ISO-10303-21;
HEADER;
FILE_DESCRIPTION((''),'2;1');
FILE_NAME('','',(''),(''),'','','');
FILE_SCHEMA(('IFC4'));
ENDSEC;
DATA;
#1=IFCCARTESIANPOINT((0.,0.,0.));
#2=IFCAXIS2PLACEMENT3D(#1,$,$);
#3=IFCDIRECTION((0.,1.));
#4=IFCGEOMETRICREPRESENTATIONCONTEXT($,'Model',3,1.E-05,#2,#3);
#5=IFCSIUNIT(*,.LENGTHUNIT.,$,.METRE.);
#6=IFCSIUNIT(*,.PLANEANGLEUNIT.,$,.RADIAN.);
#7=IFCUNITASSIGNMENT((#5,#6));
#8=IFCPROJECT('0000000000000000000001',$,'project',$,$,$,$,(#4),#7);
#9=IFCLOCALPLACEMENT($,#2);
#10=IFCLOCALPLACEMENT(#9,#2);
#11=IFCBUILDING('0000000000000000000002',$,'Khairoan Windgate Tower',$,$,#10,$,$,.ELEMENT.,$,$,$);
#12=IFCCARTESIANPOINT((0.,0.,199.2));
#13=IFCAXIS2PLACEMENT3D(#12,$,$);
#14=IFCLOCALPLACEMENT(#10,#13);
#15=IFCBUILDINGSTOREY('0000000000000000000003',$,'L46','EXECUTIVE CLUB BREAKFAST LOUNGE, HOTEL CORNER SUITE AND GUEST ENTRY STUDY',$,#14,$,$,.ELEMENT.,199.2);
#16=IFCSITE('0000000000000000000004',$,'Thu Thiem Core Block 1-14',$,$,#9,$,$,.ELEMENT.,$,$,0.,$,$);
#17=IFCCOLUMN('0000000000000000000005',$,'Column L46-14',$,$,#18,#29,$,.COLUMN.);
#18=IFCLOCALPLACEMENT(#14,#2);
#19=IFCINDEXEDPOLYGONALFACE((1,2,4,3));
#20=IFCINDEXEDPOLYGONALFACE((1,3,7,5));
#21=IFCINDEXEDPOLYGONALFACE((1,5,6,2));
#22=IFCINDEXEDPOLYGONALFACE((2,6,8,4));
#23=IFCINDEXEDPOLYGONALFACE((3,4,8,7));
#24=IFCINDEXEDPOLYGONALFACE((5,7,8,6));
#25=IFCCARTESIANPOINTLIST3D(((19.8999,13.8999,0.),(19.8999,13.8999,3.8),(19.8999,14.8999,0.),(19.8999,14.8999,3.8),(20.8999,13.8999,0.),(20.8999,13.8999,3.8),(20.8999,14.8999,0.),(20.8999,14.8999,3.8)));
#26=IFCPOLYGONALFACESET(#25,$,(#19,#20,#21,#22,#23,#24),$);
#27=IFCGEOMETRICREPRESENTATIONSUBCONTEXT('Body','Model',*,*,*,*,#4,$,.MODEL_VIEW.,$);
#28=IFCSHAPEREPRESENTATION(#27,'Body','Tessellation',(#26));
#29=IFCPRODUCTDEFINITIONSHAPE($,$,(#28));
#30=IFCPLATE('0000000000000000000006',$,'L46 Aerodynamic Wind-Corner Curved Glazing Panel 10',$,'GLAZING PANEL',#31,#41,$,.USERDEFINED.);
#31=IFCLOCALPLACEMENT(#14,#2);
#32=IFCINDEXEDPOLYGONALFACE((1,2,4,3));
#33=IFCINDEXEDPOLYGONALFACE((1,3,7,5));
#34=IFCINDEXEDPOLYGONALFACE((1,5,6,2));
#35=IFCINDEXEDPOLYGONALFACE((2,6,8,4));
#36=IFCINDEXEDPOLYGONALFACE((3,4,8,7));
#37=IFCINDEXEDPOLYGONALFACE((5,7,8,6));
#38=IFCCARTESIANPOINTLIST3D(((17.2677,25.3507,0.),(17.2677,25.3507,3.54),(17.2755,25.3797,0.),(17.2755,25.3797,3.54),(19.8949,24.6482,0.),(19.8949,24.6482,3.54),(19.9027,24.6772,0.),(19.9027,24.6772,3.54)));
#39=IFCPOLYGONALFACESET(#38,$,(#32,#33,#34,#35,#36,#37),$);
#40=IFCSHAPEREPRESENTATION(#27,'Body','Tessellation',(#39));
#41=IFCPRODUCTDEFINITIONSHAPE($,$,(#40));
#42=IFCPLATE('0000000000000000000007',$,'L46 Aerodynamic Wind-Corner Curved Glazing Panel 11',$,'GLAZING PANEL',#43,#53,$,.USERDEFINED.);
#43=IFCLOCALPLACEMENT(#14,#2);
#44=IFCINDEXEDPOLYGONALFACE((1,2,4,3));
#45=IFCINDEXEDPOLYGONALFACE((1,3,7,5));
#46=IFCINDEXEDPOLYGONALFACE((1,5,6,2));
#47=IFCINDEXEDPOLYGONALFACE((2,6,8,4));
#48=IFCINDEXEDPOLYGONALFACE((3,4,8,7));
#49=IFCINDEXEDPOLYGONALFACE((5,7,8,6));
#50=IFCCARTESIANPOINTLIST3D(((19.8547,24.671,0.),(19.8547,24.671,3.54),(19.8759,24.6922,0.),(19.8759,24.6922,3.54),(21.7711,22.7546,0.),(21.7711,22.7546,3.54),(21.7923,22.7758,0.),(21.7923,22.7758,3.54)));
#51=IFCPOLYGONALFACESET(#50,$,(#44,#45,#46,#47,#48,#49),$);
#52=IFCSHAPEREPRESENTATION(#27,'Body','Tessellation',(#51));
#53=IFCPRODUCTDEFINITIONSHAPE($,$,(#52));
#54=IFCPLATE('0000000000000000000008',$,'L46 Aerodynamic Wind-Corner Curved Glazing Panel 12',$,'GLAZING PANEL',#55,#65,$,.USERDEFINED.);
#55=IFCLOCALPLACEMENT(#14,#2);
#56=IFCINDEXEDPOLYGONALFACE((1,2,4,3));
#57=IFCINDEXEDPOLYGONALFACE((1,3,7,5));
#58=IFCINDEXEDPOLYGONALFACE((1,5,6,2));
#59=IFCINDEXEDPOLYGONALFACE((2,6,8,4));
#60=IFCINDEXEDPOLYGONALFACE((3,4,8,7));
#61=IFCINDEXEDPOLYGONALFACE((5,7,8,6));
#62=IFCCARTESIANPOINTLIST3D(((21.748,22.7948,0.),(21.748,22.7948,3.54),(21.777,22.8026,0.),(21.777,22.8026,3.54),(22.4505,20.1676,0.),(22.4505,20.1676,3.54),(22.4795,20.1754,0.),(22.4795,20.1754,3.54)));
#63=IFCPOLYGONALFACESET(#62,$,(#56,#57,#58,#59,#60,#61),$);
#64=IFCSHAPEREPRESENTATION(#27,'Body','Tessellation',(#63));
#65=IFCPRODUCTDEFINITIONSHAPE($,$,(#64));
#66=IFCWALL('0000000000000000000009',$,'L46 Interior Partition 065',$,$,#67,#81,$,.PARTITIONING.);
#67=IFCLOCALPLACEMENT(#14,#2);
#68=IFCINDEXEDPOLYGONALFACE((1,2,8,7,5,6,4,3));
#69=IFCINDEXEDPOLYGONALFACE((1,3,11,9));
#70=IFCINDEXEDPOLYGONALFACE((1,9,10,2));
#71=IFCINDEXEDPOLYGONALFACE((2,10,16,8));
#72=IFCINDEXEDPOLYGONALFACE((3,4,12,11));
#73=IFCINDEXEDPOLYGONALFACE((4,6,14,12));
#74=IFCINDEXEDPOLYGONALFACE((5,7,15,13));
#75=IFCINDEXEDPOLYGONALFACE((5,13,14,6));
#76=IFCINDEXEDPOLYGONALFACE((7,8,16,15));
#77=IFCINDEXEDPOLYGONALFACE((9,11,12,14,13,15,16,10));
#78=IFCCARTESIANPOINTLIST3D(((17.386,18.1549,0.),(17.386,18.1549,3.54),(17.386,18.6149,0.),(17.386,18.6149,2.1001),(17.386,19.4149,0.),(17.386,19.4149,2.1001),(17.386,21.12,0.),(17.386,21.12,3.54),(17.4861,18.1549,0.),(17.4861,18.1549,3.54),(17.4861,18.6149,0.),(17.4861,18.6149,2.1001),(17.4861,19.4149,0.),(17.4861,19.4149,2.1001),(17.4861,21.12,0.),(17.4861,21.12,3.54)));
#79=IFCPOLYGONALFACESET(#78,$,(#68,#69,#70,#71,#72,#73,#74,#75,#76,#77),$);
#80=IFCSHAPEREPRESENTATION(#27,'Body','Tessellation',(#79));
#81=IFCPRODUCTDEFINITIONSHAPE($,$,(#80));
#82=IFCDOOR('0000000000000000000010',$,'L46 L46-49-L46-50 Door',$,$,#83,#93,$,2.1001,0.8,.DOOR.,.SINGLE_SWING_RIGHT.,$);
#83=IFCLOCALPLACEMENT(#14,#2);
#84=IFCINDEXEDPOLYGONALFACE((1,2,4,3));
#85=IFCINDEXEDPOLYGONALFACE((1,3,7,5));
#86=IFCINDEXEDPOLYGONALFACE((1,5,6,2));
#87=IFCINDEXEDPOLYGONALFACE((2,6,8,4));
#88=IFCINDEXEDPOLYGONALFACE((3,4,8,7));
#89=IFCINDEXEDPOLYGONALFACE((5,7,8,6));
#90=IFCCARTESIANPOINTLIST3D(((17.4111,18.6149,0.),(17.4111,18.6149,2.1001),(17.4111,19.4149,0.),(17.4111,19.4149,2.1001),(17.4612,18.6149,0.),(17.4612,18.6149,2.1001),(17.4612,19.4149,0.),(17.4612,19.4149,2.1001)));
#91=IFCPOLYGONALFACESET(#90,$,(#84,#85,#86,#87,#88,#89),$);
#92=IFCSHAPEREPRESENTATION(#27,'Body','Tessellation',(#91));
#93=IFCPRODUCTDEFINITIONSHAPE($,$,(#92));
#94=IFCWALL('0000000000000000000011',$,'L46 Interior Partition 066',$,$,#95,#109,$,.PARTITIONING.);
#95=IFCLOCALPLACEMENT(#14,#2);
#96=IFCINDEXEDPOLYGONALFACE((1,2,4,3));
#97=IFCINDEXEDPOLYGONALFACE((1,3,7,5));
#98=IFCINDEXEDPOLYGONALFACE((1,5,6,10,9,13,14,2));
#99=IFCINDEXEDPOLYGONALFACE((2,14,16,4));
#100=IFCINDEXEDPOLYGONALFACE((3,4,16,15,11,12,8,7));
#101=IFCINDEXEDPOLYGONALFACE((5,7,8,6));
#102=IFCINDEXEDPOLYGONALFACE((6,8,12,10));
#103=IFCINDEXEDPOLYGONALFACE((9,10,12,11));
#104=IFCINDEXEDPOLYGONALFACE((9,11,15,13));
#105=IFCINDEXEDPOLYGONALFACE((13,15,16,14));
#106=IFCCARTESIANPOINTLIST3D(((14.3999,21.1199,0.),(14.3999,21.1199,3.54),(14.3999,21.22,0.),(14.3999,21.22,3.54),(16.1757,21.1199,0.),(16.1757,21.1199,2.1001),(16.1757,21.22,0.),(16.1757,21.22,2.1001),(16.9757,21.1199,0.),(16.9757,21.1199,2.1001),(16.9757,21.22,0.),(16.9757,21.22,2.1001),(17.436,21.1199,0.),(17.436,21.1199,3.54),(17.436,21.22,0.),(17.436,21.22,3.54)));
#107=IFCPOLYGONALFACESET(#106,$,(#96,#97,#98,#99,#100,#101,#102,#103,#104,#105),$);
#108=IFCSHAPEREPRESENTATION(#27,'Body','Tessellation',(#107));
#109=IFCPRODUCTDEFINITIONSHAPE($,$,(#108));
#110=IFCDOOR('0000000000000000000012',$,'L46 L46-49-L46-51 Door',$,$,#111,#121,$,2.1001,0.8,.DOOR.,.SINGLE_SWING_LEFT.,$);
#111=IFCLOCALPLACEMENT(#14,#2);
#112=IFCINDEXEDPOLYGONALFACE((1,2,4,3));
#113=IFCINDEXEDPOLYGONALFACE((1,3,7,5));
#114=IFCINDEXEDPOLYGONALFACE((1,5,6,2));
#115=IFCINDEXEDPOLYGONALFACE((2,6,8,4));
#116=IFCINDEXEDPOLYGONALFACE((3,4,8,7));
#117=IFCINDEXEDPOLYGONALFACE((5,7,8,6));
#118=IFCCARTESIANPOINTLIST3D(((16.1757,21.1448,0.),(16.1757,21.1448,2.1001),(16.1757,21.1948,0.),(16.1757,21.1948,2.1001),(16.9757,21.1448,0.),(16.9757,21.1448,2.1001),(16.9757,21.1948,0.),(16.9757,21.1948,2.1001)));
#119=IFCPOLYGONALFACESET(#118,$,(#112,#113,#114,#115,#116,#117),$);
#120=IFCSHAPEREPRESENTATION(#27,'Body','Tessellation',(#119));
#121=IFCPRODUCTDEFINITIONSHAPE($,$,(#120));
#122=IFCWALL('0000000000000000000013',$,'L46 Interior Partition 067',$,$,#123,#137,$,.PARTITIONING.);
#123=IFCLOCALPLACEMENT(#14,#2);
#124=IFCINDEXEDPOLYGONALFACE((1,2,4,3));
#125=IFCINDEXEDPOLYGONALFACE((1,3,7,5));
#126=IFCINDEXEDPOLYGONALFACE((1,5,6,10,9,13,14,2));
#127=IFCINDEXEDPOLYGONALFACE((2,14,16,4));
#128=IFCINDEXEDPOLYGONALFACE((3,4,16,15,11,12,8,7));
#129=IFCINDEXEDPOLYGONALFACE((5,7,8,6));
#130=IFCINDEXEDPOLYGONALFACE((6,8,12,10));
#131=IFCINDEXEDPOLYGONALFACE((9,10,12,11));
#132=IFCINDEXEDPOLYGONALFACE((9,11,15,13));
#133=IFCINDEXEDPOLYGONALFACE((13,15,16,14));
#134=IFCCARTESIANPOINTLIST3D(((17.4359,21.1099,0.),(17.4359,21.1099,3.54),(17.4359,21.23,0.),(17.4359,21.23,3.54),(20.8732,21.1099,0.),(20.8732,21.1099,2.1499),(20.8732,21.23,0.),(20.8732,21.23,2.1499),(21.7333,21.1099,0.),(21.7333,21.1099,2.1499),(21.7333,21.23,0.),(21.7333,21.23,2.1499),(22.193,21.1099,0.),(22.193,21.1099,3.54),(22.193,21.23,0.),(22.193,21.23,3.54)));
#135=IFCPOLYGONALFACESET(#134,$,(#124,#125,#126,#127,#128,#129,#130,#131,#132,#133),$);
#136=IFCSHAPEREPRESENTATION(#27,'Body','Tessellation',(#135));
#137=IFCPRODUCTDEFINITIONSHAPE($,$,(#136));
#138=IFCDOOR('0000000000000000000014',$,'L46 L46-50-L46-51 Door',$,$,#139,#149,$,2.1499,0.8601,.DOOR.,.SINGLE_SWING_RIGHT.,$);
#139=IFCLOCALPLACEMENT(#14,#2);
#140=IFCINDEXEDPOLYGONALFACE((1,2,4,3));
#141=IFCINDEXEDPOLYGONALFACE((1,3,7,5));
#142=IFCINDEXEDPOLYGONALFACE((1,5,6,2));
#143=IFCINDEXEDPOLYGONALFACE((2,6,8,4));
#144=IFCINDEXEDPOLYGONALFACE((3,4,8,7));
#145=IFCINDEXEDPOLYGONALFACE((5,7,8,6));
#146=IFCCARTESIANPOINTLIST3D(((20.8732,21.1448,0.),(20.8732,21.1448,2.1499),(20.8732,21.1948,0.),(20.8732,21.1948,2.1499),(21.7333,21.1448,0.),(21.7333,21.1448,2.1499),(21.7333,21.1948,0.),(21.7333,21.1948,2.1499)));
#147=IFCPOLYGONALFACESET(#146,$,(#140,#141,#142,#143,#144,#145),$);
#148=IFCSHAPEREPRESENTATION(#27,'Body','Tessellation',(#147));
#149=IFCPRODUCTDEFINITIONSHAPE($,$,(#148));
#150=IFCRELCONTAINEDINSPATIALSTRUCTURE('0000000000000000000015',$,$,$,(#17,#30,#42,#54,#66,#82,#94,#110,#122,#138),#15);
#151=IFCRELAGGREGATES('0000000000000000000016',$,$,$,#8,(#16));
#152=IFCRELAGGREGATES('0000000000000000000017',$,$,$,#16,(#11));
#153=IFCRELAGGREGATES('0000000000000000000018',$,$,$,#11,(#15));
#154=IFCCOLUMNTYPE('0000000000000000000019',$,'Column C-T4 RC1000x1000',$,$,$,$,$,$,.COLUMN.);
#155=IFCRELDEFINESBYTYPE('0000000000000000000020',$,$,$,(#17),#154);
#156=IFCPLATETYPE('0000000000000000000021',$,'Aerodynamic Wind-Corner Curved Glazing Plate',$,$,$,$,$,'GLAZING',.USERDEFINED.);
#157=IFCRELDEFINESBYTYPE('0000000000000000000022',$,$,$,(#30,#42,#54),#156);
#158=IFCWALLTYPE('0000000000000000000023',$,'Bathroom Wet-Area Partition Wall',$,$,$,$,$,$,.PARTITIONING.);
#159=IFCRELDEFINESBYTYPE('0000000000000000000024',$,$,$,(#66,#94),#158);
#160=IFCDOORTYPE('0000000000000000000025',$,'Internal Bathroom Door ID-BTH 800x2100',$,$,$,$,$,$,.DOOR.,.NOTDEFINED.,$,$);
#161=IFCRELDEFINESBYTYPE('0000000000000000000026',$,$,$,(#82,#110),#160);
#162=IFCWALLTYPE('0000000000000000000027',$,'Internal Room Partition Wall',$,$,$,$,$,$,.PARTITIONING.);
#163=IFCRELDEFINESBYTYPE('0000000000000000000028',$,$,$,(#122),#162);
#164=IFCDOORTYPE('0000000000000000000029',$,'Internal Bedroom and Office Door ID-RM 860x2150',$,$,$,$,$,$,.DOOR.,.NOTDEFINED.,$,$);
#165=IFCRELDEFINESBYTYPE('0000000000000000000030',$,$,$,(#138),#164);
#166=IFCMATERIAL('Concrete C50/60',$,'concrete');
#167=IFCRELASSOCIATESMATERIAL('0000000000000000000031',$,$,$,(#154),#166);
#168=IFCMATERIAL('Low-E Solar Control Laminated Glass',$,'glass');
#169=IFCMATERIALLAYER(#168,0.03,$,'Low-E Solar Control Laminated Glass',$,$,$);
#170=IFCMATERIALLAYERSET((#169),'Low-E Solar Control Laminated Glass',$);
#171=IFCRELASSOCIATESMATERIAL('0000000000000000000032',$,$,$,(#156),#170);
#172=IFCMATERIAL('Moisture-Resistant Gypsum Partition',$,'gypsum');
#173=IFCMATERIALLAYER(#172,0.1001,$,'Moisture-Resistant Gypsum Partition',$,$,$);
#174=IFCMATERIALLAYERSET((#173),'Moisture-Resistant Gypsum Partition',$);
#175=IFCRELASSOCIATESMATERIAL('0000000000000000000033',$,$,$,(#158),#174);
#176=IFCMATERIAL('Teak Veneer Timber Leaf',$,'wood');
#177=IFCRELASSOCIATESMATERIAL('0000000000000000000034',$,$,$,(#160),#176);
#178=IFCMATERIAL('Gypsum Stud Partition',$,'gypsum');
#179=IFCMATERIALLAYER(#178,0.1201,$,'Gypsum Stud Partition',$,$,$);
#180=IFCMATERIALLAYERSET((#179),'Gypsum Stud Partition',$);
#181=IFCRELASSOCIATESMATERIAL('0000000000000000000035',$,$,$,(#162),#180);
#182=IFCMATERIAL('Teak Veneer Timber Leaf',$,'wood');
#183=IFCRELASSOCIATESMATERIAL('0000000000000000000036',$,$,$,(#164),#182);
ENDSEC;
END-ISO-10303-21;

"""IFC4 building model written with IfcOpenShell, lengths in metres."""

from ifc_helpers import new_model, si_unit, direction, frame, frame_2d, origin, origin_2d, place, context, subcontext, project, spatial, rectangle, extrude, material, layer, layer_set, material_profile, profile_set, type_object, element, fill, save


model = new_model("IFC4")

# Units and contexts
model_context = context("Model", 3, precision=1e-05, world=origin(), true_north=direction((0.0, 1.0)))
body_context = subcontext(model_context, "Body", "Model", "MODEL_VIEW")
ifc_project = project(units=[si_unit("LENGTHUNIT", "METRE"), si_unit("PLANEANGLEUNIT", "RADIAN")], contexts=[model_context])

# Site, building, storey
site_placement = place(None, origin())
site = spatial("IfcSite", under=ifc_project, at=site_placement, Name="Thu Thiem Core Block 1-14", CompositionType="ELEMENT", RefElevation=0.0)
building_placement = place(site_placement, origin())
building = spatial("IfcBuilding", under=site, at=building_placement, Name="Khairoan Windgate Tower", CompositionType="ELEMENT")
storey_placement = place(building_placement, frame((0.0, 0.0, 199.2)))
storey = spatial("IfcBuildingStorey", under=building, at=storey_placement, Name="L46", Description="EXECUTIVE CLUB BREAKFAST LOUNGE, HOTEL CORNER SUITE AND GUEST ENTRY STUDY", CompositionType="ELEMENT", Elevation=199.2)

# Column
ifc_material_1 = material(Name="Concrete C50/60", Category="concrete")
ifc_material_profile_1 = material_profile(ifc_material_1, rectangle(XDim=1.0, YDim=1.0, at=origin_2d()))
ifc_profile_set_1 = profile_set([ifc_material_profile_1], Name="Concrete C50/60")
column_type = type_object("IfcColumnType", Name="Column C-T4 RC1000x1000", PredefinedType="COLUMN", material=ifc_profile_set_1)
column_placement = place(storey_placement, frame((20.3999, 14.3999, 0.0), z_axis=(0.0, 0.0, 1.0), x_axis=(1.0, 0.0, 0.0)))
element("IfcColumn", 1, at=column_placement, inside=storey, type_object=column_type, Name="Column L46-14", PredefinedType="COLUMN", context=body_context, shape_type="SweptSolid", body=[
    extrude(rectangle(XDim=1.0, YDim=1.0, at=origin_2d()), origin(), (0.0, 0.0, 1.0), 3.8),
])

# Plates
ifc_material_2 = material(Name="Low-E Solar Control Laminated Glass", Category="glass")
ifc_layer_1 = layer(ifc_material_2, 0.03, Name="Low-E Solar Control Laminated Glass")
ifc_layer_set_1 = layer_set([ifc_layer_1], Name="Low-E Solar Control Laminated Glass")
plate_type_1 = type_object("IfcPlateType", Name="Aerodynamic Wind-Corner Curved Glazing Plate", ElementType="GLAZING", PredefinedType="USERDEFINED", material=ifc_layer_set_1)
plate_1_placement = place(storey_placement, frame((18.5852, 25.0139, 0.0), z_axis=(0.0, 0.0, 1.0), x_axis=(0.966061, -0.258313, 0.0)))
element("IfcPlate", 2, at=plate_1_placement, inside=storey, type_object=plate_type_1, Name="L46 Aerodynamic Wind-Corner Curved Glazing Panel 10", ObjectType="GLAZING PANEL", PredefinedType="USERDEFINED", context=body_context, shape_type="SweptSolid", body=[
    extrude(rectangle(XDim=2.7195, YDim=0.03, at=origin_2d()), origin(), (0.0, 0.0, 1.0), 3.54),
])
plate_2_placement = place(storey_placement, frame((20.8235, 23.7234, 0.0), z_axis=(0.0, 0.0, 1.0), x_axis=(0.707107, -0.707107, 0.0)))
element("IfcPlate", 3, at=plate_2_placement, inside=storey, type_object=plate_type_1, Name="L46 Aerodynamic Wind-Corner Curved Glazing Panel 11", ObjectType="GLAZING PANEL", PredefinedType="USERDEFINED", context=body_context, shape_type="SweptSolid", body=[
    extrude(rectangle(XDim=2.7102, YDim=0.03, at=origin_2d()), origin(), (0.0, 0.0, 1.0), 3.54),
])
plate_3_placement = place(storey_placement, frame((22.1138, 21.4851, 0.0), z_axis=(0.0, 0.0, 1.0), x_axis=(0.258313, -0.966061, 0.0)))
element("IfcPlate", 4, at=plate_3_placement, inside=storey, type_object=plate_type_1, Name="L46 Aerodynamic Wind-Corner Curved Glazing Panel 12", ObjectType="GLAZING PANEL", PredefinedType="USERDEFINED", context=body_context, shape_type="SweptSolid", body=[
    extrude(rectangle(XDim=2.7195, YDim=0.03, at=origin_2d()), origin(), (0.0, 0.0, 1.0), 3.54),
])

# Walls, openings, doors
ifc_material_3 = material(Name="Moisture-Resistant Gypsum Partition", Category="gypsum")
ifc_layer_2 = layer(ifc_material_3, 0.1001, Name="Moisture-Resistant Gypsum Partition")
ifc_layer_set_2 = layer_set([ifc_layer_2], Name="Moisture-Resistant Gypsum Partition")
wall_type_1 = type_object("IfcWallType", Name="Bathroom Wet-Area Partition Wall", PredefinedType="PARTITIONING", material=ifc_layer_set_2)
wall_1_placement = place(storey_placement, frame((17.436, 18.155, 0.0), z_axis=(0.0, 0.0, 1.0), x_axis=(0.0, 1.0, 0.0)))
wall_1 = element("IfcWall", 5, at=wall_1_placement, inside=storey, type_object=wall_type_1, Name="L46 Interior Partition 065", PredefinedType="PARTITIONING", context=body_context, shape_type="SweptSolid", body=[
    extrude(rectangle(XDim=2.9651, YDim=0.1001, at=frame_2d((1.4824, 0.0))), origin(), (0.0, 0.0, 1.0), 3.54),
])
opening_1_placement = place(wall_1_placement, frame((0.46, 0.0, 0.0)))
opening_1 = element("IfcOpeningElement", 6, at=opening_1_placement, cuts=wall_1, PredefinedType="OPENING", context=body_context, shape_type="SweptSolid", body=[
    extrude(rectangle(XDim=0.8, YDim=2.1001, at=frame_2d((0.3999, 1.05))), frame((0.0, 0.0601, 0.0), z_axis=(0.0, -1.0, 0.0), x_axis=(1.0, 0.0, 0.0)), (0.0, 0.0, 1.0), 0.1201),
])
ifc_material_4 = material(Name="Teak Veneer Timber Leaf", Category="wood")
door_type_1 = type_object("IfcDoorType", Name="Internal Bathroom Door ID-BTH 800x2100", OperationType="NOTDEFINED", PredefinedType="DOOR", material=ifc_material_4)
door_1_placement = place(opening_1_placement, origin())
door_1 = element("IfcDoor", 7, at=door_1_placement, inside=storey, type_object=door_type_1, Name="L46 L46-49-L46-50 Door", OperationType="SINGLE_SWING_RIGHT", OverallHeight=2.1001, OverallWidth=0.8, PredefinedType="DOOR", context=body_context, shape_type="SweptSolid", body=[
    extrude(rectangle(XDim=0.8, YDim=2.1001, at=frame_2d((0.3999, 1.05))), frame((0.0, 0.0249, 0.0), z_axis=(0.0, -1.0, 0.0), x_axis=(1.0, 0.0, 0.0)), (0.0, 0.0, 1.0), 0.05),
])
fill(opening_1, door_1)
wall_2_placement = place(storey_placement, frame((14.3999, 21.1699, 0.0), z_axis=(0.0, 0.0, 1.0), x_axis=(1.0, 0.0, 0.0)))
wall_2 = element("IfcWall", 8, at=wall_2_placement, inside=storey, type_object=wall_type_1, Name="L46 Interior Partition 066", PredefinedType="PARTITIONING", context=body_context, shape_type="SweptSolid", body=[
    extrude(rectangle(XDim=3.0361, YDim=0.1001, at=frame_2d((1.5181, 0.0))), origin(), (0.0, 0.0, 1.0), 3.54),
])
opening_2_placement = place(wall_2_placement, frame((1.7759, 0.0, 0.0)))
opening_2 = element("IfcOpeningElement", 9, at=opening_2_placement, cuts=wall_2, PredefinedType="OPENING", context=body_context, shape_type="SweptSolid", body=[
    extrude(rectangle(XDim=0.8, YDim=2.1001, at=frame_2d((0.3999, 1.05))), frame((0.0, 0.0601, 0.0), z_axis=(0.0, -1.0, 0.0), x_axis=(1.0, 0.0, 0.0)), (0.0, 0.0, 1.0), 0.1201),
])
door_2_placement = place(opening_2_placement, origin())
door_2 = element("IfcDoor", 10, at=door_2_placement, inside=storey, type_object=door_type_1, Name="L46 L46-49-L46-51 Door", OperationType="SINGLE_SWING_LEFT", OverallHeight=2.1001, OverallWidth=0.8, PredefinedType="DOOR", context=body_context, shape_type="SweptSolid", body=[
    extrude(rectangle(XDim=0.8, YDim=2.1001, at=frame_2d((0.3999, 1.05))), frame((0.0, 0.0249, 0.0), z_axis=(0.0, -1.0, 0.0), x_axis=(1.0, 0.0, 0.0)), (0.0, 0.0, 1.0), 0.05),
])
fill(opening_2, door_2)
ifc_material_5 = material(Name="Gypsum Stud Partition", Category="gypsum")
ifc_layer_3 = layer(ifc_material_5, 0.1201, Name="Gypsum Stud Partition")
ifc_layer_set_3 = layer_set([ifc_layer_3], Name="Gypsum Stud Partition")
wall_type_2 = type_object("IfcWallType", Name="Internal Room Partition Wall", PredefinedType="PARTITIONING", material=ifc_layer_set_3)
wall_3_placement = place(storey_placement, frame((17.436, 21.1699, 0.0), z_axis=(0.0, 0.0, 1.0), x_axis=(1.0, 0.0, 0.0)))
wall_3 = element("IfcWall", 11, at=wall_3_placement, inside=storey, type_object=wall_type_2, Name="L46 Interior Partition 067", PredefinedType="PARTITIONING", context=body_context, shape_type="SweptSolid", body=[
    extrude(rectangle(XDim=4.7571, YDim=0.1201, at=frame_2d((2.3784, 0.0))), origin(), (0.0, 0.0, 1.0), 3.54),
])
opening_3_placement = place(wall_3_placement, frame((3.437, 0.0, 0.0)))
opening_3 = element("IfcOpeningElement", 12, at=opening_3_placement, cuts=wall_3, PredefinedType="OPENING", context=body_context, shape_type="SweptSolid", body=[
    extrude(rectangle(XDim=0.8601, YDim=2.1499, at=frame_2d((0.4302, 1.075))), frame((0.0, 0.0701, 0.0), z_axis=(0.0, -1.0, 0.0), x_axis=(1.0, 0.0, 0.0)), (0.0, 0.0, 1.0), 0.1401),
])
ifc_material_6 = material(Name="Teak Veneer Timber Leaf", Category="wood")
door_type_2 = type_object("IfcDoorType", Name="Internal Bedroom and Office Door ID-RM 860x2150", OperationType="NOTDEFINED", PredefinedType="DOOR", material=ifc_material_6)
door_3_placement = place(opening_3_placement, origin())
door_3 = element("IfcDoor", 13, at=door_3_placement, inside=storey, type_object=door_type_2, Name="L46 L46-50-L46-51 Door", OperationType="SINGLE_SWING_RIGHT", OverallHeight=2.1499, OverallWidth=0.8601, PredefinedType="DOOR", context=body_context, shape_type="SweptSolid", body=[
    extrude(rectangle(XDim=0.8601, YDim=2.1499, at=frame_2d((0.4302, 1.075))), frame((0.0, 0.0249, 0.0), z_axis=(0.0, -1.0, 0.0), x_axis=(1.0, 0.0, 0.0)), (0.0, 0.0, 1.0), 0.05),
])
fill(opening_3, door_3)

save(model, "model.ifc")
